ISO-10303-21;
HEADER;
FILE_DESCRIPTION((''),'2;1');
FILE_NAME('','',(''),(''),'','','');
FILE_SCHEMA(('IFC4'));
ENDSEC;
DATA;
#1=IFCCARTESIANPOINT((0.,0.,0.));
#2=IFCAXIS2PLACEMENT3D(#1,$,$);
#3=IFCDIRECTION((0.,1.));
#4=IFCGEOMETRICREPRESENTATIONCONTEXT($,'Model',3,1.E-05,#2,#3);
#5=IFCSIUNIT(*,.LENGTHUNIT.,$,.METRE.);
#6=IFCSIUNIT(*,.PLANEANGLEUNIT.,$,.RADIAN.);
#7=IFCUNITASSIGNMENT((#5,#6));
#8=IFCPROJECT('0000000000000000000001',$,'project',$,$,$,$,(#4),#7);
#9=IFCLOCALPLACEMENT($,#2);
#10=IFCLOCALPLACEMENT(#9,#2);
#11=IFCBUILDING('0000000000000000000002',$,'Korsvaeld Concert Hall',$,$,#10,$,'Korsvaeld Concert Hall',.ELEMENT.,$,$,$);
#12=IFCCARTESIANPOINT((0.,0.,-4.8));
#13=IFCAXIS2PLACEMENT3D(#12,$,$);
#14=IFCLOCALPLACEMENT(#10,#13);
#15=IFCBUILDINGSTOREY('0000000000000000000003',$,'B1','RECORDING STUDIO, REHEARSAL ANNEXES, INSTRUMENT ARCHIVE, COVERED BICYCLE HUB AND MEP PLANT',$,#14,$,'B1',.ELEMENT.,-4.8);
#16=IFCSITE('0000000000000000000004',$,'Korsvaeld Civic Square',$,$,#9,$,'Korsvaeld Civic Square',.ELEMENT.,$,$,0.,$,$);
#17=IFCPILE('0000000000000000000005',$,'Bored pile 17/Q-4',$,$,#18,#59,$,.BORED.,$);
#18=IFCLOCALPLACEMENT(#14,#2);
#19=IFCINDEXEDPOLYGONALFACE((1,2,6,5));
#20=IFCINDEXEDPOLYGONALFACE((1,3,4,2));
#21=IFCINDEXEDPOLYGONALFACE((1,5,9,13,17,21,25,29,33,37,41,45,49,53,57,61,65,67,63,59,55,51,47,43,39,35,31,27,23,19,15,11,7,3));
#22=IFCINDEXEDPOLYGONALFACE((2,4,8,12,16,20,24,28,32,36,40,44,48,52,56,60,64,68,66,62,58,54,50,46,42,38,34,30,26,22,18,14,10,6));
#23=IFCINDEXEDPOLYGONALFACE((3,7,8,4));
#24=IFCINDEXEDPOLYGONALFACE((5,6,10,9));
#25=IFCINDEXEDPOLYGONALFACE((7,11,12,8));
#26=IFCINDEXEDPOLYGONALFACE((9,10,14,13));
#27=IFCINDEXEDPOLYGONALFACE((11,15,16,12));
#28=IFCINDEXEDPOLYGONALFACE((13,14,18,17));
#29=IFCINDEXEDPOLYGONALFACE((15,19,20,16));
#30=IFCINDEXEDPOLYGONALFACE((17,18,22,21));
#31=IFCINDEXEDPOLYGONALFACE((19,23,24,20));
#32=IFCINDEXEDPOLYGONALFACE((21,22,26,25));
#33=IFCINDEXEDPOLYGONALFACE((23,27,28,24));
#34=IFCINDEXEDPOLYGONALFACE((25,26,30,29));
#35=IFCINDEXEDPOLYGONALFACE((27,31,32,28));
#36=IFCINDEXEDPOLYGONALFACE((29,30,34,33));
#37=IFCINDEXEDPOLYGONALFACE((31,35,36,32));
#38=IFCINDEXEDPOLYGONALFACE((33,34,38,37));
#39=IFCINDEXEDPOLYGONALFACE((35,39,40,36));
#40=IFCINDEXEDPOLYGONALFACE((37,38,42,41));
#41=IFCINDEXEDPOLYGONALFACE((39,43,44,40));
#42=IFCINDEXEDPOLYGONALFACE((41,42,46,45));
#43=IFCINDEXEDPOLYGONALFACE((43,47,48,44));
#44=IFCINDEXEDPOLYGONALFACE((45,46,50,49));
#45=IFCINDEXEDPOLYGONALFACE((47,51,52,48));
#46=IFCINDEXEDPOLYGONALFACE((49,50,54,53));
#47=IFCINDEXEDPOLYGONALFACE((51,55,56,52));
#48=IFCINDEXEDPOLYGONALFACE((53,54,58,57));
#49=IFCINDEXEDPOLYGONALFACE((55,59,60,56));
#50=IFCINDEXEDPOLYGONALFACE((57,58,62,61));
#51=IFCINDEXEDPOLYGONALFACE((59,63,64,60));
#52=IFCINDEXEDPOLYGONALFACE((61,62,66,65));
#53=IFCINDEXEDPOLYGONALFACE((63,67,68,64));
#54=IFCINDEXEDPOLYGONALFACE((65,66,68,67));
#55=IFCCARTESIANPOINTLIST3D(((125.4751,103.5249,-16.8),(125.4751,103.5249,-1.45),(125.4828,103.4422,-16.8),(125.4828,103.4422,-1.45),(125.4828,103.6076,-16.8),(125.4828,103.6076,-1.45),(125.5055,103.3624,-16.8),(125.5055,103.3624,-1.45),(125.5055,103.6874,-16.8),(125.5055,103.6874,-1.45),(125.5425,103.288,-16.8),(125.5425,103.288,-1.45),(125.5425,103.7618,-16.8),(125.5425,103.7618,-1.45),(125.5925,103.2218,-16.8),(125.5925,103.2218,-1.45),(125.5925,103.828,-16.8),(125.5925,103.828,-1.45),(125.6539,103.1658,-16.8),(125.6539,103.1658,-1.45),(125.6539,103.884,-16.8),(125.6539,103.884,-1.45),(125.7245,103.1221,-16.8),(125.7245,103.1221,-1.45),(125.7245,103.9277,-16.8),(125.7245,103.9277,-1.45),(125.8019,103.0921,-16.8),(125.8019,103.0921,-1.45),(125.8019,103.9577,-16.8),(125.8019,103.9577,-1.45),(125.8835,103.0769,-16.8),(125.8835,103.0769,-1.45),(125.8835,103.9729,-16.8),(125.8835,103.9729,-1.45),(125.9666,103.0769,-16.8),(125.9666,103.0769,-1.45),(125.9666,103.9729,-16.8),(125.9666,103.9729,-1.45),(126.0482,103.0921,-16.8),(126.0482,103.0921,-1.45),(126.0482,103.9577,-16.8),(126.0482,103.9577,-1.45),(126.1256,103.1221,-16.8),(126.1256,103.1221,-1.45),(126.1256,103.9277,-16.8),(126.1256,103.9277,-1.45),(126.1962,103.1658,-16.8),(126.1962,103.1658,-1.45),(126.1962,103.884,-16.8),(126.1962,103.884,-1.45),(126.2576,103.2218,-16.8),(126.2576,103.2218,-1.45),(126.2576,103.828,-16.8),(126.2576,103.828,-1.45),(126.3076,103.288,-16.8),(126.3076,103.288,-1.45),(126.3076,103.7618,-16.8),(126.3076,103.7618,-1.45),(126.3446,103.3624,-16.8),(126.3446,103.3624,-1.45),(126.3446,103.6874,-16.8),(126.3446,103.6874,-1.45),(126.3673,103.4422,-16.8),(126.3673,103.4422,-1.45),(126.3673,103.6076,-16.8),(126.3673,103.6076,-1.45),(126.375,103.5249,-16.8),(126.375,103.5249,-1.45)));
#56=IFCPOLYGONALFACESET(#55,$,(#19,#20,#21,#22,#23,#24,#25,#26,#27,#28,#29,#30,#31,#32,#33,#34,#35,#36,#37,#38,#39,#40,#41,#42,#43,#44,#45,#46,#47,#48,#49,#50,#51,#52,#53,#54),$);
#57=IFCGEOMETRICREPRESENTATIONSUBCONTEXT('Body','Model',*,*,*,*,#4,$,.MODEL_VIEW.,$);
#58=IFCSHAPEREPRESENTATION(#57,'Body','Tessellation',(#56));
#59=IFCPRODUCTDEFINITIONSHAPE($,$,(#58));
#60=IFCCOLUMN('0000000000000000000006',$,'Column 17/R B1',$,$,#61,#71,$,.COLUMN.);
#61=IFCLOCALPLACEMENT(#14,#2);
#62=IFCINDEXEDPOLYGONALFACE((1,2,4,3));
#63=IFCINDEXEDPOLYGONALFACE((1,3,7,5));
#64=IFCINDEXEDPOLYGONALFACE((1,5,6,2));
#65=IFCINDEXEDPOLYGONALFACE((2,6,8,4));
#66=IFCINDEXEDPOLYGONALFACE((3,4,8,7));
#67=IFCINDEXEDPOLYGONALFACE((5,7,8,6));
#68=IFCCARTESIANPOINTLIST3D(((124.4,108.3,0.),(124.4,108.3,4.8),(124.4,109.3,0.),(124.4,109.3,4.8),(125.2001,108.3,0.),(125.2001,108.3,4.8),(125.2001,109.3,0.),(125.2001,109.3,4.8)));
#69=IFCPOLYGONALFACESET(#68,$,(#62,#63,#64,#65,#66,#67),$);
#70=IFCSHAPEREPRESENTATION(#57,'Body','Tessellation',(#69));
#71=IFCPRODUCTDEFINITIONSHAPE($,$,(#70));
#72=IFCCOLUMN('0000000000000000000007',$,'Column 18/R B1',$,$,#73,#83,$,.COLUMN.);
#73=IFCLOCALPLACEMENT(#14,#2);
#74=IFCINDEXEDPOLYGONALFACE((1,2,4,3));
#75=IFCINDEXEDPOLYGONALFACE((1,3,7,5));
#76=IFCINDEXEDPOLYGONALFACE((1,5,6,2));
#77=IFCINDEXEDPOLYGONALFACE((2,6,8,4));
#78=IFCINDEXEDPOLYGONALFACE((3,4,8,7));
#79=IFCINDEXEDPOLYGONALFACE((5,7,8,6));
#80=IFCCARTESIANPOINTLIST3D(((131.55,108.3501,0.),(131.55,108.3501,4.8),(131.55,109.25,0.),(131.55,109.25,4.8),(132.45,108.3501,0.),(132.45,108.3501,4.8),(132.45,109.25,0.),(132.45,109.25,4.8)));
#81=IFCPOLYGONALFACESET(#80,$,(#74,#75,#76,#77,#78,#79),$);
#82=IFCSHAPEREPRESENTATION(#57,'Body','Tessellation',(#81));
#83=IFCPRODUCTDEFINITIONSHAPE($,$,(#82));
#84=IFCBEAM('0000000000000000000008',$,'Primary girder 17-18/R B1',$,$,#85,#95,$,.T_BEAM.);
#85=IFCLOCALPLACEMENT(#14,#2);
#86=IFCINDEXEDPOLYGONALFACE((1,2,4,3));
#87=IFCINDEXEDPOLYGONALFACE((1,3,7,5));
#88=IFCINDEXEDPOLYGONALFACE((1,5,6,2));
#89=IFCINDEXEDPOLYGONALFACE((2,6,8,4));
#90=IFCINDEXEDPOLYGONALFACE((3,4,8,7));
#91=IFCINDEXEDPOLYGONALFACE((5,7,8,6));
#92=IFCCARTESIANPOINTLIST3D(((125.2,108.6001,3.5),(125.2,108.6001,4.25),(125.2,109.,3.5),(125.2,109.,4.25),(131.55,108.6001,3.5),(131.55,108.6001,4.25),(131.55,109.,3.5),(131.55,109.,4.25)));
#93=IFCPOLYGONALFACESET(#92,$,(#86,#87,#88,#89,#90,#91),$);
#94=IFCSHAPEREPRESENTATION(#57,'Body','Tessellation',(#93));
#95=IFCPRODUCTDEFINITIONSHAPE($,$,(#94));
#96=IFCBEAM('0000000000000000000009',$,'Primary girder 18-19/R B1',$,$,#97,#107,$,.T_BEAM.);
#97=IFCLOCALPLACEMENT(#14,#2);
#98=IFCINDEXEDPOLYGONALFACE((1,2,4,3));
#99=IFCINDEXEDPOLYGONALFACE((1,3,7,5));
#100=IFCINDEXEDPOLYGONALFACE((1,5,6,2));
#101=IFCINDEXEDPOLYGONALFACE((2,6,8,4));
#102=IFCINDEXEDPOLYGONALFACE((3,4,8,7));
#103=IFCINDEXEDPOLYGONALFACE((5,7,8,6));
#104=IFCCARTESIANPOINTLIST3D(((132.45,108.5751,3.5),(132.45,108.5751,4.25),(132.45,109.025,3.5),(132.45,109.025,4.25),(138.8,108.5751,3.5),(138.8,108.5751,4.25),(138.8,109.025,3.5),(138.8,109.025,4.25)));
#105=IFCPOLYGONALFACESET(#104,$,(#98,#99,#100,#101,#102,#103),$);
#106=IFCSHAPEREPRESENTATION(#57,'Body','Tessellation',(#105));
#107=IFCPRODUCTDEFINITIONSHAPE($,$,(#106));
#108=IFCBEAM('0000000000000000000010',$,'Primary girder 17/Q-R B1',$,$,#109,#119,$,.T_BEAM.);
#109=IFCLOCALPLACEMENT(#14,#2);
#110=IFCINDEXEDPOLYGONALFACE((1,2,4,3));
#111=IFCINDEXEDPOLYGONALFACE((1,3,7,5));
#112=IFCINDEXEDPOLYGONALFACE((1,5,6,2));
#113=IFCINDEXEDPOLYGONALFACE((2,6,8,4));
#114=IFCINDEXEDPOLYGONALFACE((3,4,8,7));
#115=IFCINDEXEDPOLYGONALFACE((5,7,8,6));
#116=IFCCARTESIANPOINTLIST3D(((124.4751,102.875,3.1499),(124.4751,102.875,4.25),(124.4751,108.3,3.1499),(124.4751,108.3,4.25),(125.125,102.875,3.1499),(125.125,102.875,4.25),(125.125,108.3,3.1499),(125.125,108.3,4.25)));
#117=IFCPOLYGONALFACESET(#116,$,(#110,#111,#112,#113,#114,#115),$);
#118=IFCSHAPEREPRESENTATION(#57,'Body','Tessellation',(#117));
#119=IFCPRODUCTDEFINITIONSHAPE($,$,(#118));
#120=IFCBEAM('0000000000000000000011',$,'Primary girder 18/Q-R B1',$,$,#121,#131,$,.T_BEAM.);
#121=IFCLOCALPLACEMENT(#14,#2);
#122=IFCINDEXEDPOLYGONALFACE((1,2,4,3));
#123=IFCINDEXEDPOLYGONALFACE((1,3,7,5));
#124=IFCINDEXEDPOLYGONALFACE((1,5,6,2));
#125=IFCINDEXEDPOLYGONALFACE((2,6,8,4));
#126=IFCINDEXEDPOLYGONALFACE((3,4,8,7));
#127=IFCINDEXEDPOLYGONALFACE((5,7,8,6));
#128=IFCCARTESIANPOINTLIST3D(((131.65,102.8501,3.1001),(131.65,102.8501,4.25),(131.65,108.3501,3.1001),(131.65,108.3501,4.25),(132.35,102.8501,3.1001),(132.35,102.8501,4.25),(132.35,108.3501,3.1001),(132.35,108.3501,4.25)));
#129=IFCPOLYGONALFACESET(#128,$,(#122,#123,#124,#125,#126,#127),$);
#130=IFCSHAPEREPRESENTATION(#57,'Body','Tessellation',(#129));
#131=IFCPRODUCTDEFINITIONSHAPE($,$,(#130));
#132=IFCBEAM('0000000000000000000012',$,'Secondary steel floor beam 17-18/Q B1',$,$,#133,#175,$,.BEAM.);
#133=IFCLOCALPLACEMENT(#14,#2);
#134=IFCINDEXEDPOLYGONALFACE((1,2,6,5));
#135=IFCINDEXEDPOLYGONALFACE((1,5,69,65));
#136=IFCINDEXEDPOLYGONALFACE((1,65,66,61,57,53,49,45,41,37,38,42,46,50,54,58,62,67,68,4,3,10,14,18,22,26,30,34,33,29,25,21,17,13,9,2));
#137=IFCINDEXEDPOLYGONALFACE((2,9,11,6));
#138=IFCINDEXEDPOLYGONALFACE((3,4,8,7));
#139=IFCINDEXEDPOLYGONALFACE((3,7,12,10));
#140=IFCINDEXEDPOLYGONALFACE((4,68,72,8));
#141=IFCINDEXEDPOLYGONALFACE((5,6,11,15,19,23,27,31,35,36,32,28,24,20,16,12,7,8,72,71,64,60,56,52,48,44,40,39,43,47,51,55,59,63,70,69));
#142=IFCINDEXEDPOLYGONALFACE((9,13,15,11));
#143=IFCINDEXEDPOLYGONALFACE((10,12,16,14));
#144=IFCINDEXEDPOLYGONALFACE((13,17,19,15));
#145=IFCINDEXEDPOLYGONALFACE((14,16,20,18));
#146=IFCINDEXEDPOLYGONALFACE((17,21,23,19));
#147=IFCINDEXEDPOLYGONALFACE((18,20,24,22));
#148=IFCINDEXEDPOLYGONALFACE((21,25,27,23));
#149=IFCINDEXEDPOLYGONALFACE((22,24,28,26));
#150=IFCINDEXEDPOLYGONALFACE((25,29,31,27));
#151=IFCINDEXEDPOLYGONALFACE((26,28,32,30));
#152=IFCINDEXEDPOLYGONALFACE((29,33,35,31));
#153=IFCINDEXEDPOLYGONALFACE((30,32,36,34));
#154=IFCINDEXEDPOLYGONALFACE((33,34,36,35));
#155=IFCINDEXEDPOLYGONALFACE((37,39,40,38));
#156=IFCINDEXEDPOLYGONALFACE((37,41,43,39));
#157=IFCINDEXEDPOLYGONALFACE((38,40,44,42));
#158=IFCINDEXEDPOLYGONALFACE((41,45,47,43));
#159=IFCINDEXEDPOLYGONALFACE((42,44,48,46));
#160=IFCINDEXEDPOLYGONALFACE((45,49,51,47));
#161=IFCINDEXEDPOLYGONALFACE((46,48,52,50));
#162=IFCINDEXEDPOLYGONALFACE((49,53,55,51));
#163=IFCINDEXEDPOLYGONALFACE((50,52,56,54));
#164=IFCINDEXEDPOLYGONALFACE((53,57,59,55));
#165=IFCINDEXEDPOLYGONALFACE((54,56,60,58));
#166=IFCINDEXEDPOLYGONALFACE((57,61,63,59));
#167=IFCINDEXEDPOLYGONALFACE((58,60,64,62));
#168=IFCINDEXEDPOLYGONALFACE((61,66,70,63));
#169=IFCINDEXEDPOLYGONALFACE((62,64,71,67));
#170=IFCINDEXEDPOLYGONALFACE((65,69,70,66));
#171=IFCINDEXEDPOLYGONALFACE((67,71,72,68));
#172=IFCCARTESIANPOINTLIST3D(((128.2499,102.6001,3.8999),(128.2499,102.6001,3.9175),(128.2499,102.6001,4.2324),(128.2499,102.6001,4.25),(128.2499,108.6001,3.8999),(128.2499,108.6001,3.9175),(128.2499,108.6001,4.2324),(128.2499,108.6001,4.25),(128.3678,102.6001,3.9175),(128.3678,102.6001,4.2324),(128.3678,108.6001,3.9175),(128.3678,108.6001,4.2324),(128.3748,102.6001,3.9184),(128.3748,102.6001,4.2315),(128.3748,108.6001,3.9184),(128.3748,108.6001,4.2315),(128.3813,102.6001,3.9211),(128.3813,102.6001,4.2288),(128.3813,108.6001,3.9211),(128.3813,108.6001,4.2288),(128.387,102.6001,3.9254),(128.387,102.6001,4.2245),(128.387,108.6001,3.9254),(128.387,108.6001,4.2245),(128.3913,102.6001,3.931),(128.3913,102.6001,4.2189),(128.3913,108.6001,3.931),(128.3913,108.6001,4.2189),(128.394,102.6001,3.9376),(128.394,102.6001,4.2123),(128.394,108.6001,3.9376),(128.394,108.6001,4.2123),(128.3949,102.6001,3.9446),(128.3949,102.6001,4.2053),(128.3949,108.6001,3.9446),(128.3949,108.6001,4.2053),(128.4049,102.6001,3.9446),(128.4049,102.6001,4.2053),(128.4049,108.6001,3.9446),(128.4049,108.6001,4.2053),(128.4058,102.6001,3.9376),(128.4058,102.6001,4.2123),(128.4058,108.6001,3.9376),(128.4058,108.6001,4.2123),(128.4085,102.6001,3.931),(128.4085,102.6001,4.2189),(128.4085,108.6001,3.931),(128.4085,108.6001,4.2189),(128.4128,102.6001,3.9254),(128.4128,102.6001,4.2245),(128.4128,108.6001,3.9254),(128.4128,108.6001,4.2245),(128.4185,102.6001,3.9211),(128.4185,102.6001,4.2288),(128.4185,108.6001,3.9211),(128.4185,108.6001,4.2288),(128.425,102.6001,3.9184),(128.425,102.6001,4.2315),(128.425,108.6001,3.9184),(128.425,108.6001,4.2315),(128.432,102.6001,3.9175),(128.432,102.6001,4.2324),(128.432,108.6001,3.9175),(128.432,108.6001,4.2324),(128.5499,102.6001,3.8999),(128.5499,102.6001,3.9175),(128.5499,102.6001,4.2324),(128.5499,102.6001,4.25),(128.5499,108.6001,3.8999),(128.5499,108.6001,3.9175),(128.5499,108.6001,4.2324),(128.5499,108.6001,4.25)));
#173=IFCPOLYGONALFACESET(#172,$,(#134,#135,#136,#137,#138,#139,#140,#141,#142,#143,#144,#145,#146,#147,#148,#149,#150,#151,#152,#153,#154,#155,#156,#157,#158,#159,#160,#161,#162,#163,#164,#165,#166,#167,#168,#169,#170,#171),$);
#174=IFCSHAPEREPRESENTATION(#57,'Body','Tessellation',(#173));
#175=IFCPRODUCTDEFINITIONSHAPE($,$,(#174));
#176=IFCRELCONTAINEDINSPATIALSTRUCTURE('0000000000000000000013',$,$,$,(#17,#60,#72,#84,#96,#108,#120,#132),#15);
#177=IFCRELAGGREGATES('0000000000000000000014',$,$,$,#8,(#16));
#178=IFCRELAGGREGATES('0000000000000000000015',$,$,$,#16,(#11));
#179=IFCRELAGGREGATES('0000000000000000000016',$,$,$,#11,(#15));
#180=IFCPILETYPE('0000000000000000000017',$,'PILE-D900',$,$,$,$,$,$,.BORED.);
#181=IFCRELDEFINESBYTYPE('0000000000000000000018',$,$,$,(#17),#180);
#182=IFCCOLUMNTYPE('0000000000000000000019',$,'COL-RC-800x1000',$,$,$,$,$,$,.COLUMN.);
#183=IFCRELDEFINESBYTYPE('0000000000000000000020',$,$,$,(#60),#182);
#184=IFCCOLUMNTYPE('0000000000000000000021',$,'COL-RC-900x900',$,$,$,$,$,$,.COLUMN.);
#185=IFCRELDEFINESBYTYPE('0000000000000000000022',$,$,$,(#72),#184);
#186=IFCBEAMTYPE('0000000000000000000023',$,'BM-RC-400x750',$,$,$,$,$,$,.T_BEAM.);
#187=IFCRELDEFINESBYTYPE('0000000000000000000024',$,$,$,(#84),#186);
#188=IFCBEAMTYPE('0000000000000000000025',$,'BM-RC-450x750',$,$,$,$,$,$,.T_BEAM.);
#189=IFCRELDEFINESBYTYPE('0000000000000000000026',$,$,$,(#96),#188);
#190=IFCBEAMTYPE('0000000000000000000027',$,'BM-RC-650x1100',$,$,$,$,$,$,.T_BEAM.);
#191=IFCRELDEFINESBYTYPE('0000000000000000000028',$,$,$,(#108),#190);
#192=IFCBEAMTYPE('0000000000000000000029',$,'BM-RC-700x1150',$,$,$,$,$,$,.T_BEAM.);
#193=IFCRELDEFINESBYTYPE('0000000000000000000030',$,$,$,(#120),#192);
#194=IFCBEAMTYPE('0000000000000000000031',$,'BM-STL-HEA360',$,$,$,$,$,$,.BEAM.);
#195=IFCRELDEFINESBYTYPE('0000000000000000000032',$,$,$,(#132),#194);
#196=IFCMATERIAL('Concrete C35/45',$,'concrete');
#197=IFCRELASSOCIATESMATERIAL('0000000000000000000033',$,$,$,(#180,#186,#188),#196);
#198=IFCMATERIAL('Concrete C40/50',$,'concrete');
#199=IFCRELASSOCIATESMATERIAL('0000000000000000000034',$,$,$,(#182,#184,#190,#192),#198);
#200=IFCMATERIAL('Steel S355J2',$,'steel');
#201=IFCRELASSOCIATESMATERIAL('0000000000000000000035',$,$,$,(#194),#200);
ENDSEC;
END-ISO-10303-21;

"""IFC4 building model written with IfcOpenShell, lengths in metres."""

from ifc_helpers import new_model, si_unit, direction, frame, origin, origin_2d, place, context, subcontext, project, spatial, rectangle, circle, i_section, extrude, material, material_profile, profile_set, type_object, element, save


model = new_model("IFC4")

# Units and contexts
model_context = context("Model", 3, precision=1e-05, world=origin(), true_north=direction((0.0, 1.0)))
body_context = subcontext(model_context, "Body", "Model", "MODEL_VIEW")
ifc_project = project(units=[si_unit("LENGTHUNIT", "METRE"), si_unit("PLANEANGLEUNIT", "RADIAN")], contexts=[model_context])

# Site, building, storey
site_placement = place(None, origin())
site = spatial("IfcSite", under=ifc_project, at=site_placement, Name="Korsvaeld Civic Square", LongName="Korsvaeld Civic Square", CompositionType="ELEMENT", RefElevation=0.0)
building_placement = place(site_placement, origin())
building = spatial("IfcBuilding", under=site, at=building_placement, Name="Korsvaeld Concert Hall", LongName="Korsvaeld Concert Hall", CompositionType="ELEMENT")
storey_placement = place(building_placement, frame((0.0, 0.0, -4.8)))
storey = spatial("IfcBuildingStorey", under=building, at=storey_placement, Name="B1", Description="RECORDING STUDIO, REHEARSAL ANNEXES, INSTRUMENT ARCHIVE, COVERED BICYCLE HUB AND MEP PLANT", LongName="B1", CompositionType="ELEMENT", Elevation=-4.8)

# Shared definitions
ifc_material_1 = material(Name="Concrete C35/45", Category="concrete")

# Pile
ifc_material_2 = material(Name="Concrete C40/50", Category="concrete")
ifc_material_profile_1 = material_profile(ifc_material_1, circle(Radius=0.45, at=origin_2d()), Name="BORED PILE D900")
ifc_profile_set_1 = profile_set([ifc_material_profile_1], Name="Concrete C35/45")
pile_type_1 = type_object("IfcPileType", Name="PILE-D900", PredefinedType="BORED", material=ifc_profile_set_1)
for number, where, z_axis, x_axis, name in (
    (1, (125.925, 103.5249, -1.45), (0.0, 0.0, -1.0), (1.0, 0.0, 0.0), "Bored pile 17/Q-4"),
):
    element("IfcPile", number, at=place(storey_placement, frame(where, z_axis=z_axis, x_axis=x_axis)), inside=storey, type_object=pile_type_1, Name=name, PredefinedType="BORED", context=body_context, shape_type="SweptSolid", body=[
        extrude(circle(Radius=0.45, at=origin_2d()), origin(), (0.0, 0.0, 1.0), 15.3501),
    ])

# Columns
ifc_material_profile_2 = material_profile(ifc_material_2, rectangle(XDim=0.8, YDim=1.0, at=origin_2d()), Name="RC 800x1000")
ifc_profile_set_2 = profile_set([ifc_material_profile_2], Name="Concrete C40/50")
column_type_1 = type_object("IfcColumnType", Name="COL-RC-800x1000", PredefinedType="COLUMN", material=ifc_profile_set_2)
column_1_placement = place(storey_placement, frame((124.8, 108.8, 0.0), z_axis=(0.0, 0.0, 1.0), x_axis=(1.0, 0.0, 0.0)))
element("IfcColumn", 2, at=column_1_placement, inside=storey, type_object=column_type_1, Name="Column 17/R B1", PredefinedType="COLUMN", context=body_context, shape_type="SweptSolid", body=[
    extrude(rectangle(XDim=0.8, YDim=1.0, at=origin_2d()), origin(), (0.0, 0.0, 1.0), 4.8),
])
ifc_material_profile_3 = material_profile(ifc_material_2, rectangle(XDim=0.8999, YDim=0.8999, at=origin_2d()), Name="RC 900x900")
ifc_profile_set_3 = profile_set([ifc_material_profile_3], Name="Concrete C40/50")
column_type_2 = type_object("IfcColumnType", Name="COL-RC-900x900", PredefinedType="COLUMN", material=ifc_profile_set_3)
column_2_placement = place(storey_placement, frame((132.0, 108.8, 0.0), z_axis=(0.0, 0.0, 1.0), x_axis=(1.0, 0.0, 0.0)))
element("IfcColumn", 3, at=column_2_placement, inside=storey, type_object=column_type_2, Name="Column 18/R B1", PredefinedType="COLUMN", context=body_context, shape_type="SweptSolid", body=[
    extrude(rectangle(XDim=0.8999, YDim=0.8999, at=origin_2d()), origin(), (0.0, 0.0, 1.0), 4.8),
])

# Beams
ifc_material_profile_4 = material_profile(ifc_material_1, rectangle(XDim=0.3999, YDim=0.75, at=origin_2d()), Name="RC 400x750")
ifc_profile_set_4 = profile_set([ifc_material_profile_4], Name="Concrete C35/45")
beam_type_1 = type_object("IfcBeamType", Name="BM-RC-400x750", PredefinedType="T_BEAM", material=ifc_profile_set_4)
beam_1_placement = place(storey_placement, frame((125.2, 108.8, 3.875), z_axis=(1.0, 0.0, 0.0), x_axis=(0.0, 1.0, 0.0)))
element("IfcBeam", 4, at=beam_1_placement, inside=storey, type_object=beam_type_1, Name="Primary girder 17-18/R B1", PredefinedType="T_BEAM", context=body_context, shape_type="SweptSolid", body=[
    extrude(rectangle(XDim=0.3999, YDim=0.75, at=origin_2d()), origin(), (0.0, 0.0, 1.0), 6.3501),
])
ifc_material_profile_5 = material_profile(ifc_material_1, rectangle(XDim=0.45, YDim=0.75, at=origin_2d()), Name="RC 450x750")
ifc_profile_set_5 = profile_set([ifc_material_profile_5], Name="Concrete C35/45")
beam_type_2 = type_object("IfcBeamType", Name="BM-RC-450x750", PredefinedType="T_BEAM", material=ifc_profile_set_5)
beam_2_placement = place(storey_placement, frame((132.45, 108.8, 3.875), z_axis=(1.0, 0.0, 0.0), x_axis=(0.0, 1.0, 0.0)))
element("IfcBeam", 5, at=beam_2_placement, inside=storey, type_object=beam_type_2, Name="Primary girder 18-19/R B1", PredefinedType="T_BEAM", context=body_context, shape_type="SweptSolid", body=[
    extrude(rectangle(XDim=0.45, YDim=0.75, at=origin_2d()), origin(), (0.0, 0.0, 1.0), 6.3501),
])
ifc_material_profile_6 = material_profile(ifc_material_2, rectangle(XDim=0.6499, YDim=1.1001, at=origin_2d()), Name="RC 650x1100")
ifc_profile_set_6 = profile_set([ifc_material_profile_6], Name="Concrete C40/50")
beam_type_3 = type_object("IfcBeamType", Name="BM-RC-650x1100", PredefinedType="T_BEAM", material=ifc_profile_set_6)
beam_3_placement = place(storey_placement, frame((124.8, 102.875, 3.7), z_axis=(0.0, 1.0, 0.0), x_axis=(-1.0, 0.0, 0.0)))
element("IfcBeam", 6, at=beam_3_placement, inside=storey, type_object=beam_type_3, Name="Primary girder 17/Q-R B1", PredefinedType="T_BEAM", context=body_context, shape_type="SweptSolid", body=[
    extrude(rectangle(XDim=0.6499, YDim=1.1001, at=origin_2d()), origin(), (0.0, 0.0, 1.0), 5.425),
])
ifc_material_profile_7 = material_profile(ifc_material_2, rectangle(XDim=0.7, YDim=1.1499, at=origin_2d()), Name="RC 700x1150")
ifc_profile_set_7 = profile_set([ifc_material_profile_7], Name="Concrete C40/50")
beam_type_4 = type_object("IfcBeamType", Name="BM-RC-700x1150", PredefinedType="T_BEAM", material=ifc_profile_set_7)
beam_4_placement = place(storey_placement, frame((132.0, 102.8501, 3.675), z_axis=(0.0, 1.0, 0.0), x_axis=(-1.0, 0.0, 0.0)))
element("IfcBeam", 7, at=beam_4_placement, inside=storey, type_object=beam_type_4, Name="Primary girder 18/Q-R B1", PredefinedType="T_BEAM", context=body_context, shape_type="SweptSolid", body=[
    extrude(rectangle(XDim=0.7, YDim=1.1499, at=origin_2d()), origin(), (0.0, 0.0, 1.0), 5.5),
])
ifc_material_3 = material(Name="Steel S355J2", Category="steel")
ifc_material_profile_8 = material_profile(ifc_material_3, i_section(OverallWidth=0.3, OverallDepth=0.3501, WebThickness=0.01, FlangeThickness=0.0176, FilletRadius=0.0271, at=origin_2d()), Name="HEA 360")
ifc_profile_set_8 = profile_set([ifc_material_profile_8], Name="Steel S355J2")
beam_type_5 = type_object("IfcBeamType", Name="BM-STL-HEA360", PredefinedType="BEAM", material=ifc_profile_set_8)
beam_5_placement = place(storey_placement, frame((128.3999, 102.6001, 4.075), z_axis=(0.0, 1.0, 0.0), x_axis=(-1.0, 0.0, 0.0)))
element("IfcBeam", 8, at=beam_5_placement, inside=storey, type_object=beam_type_5, Name="Secondary steel floor beam 17-18/Q B1", PredefinedType="BEAM", context=body_context, shape_type="SweptSolid", body=[
    extrude(i_section(OverallWidth=0.3, OverallDepth=0.3501, WebThickness=0.01, FlangeThickness=0.0176, FilletRadius=0.0271, at=origin_2d()), origin(), (0.0, 0.0, 1.0), 6.0),
])

save(model, "model.ifc")
